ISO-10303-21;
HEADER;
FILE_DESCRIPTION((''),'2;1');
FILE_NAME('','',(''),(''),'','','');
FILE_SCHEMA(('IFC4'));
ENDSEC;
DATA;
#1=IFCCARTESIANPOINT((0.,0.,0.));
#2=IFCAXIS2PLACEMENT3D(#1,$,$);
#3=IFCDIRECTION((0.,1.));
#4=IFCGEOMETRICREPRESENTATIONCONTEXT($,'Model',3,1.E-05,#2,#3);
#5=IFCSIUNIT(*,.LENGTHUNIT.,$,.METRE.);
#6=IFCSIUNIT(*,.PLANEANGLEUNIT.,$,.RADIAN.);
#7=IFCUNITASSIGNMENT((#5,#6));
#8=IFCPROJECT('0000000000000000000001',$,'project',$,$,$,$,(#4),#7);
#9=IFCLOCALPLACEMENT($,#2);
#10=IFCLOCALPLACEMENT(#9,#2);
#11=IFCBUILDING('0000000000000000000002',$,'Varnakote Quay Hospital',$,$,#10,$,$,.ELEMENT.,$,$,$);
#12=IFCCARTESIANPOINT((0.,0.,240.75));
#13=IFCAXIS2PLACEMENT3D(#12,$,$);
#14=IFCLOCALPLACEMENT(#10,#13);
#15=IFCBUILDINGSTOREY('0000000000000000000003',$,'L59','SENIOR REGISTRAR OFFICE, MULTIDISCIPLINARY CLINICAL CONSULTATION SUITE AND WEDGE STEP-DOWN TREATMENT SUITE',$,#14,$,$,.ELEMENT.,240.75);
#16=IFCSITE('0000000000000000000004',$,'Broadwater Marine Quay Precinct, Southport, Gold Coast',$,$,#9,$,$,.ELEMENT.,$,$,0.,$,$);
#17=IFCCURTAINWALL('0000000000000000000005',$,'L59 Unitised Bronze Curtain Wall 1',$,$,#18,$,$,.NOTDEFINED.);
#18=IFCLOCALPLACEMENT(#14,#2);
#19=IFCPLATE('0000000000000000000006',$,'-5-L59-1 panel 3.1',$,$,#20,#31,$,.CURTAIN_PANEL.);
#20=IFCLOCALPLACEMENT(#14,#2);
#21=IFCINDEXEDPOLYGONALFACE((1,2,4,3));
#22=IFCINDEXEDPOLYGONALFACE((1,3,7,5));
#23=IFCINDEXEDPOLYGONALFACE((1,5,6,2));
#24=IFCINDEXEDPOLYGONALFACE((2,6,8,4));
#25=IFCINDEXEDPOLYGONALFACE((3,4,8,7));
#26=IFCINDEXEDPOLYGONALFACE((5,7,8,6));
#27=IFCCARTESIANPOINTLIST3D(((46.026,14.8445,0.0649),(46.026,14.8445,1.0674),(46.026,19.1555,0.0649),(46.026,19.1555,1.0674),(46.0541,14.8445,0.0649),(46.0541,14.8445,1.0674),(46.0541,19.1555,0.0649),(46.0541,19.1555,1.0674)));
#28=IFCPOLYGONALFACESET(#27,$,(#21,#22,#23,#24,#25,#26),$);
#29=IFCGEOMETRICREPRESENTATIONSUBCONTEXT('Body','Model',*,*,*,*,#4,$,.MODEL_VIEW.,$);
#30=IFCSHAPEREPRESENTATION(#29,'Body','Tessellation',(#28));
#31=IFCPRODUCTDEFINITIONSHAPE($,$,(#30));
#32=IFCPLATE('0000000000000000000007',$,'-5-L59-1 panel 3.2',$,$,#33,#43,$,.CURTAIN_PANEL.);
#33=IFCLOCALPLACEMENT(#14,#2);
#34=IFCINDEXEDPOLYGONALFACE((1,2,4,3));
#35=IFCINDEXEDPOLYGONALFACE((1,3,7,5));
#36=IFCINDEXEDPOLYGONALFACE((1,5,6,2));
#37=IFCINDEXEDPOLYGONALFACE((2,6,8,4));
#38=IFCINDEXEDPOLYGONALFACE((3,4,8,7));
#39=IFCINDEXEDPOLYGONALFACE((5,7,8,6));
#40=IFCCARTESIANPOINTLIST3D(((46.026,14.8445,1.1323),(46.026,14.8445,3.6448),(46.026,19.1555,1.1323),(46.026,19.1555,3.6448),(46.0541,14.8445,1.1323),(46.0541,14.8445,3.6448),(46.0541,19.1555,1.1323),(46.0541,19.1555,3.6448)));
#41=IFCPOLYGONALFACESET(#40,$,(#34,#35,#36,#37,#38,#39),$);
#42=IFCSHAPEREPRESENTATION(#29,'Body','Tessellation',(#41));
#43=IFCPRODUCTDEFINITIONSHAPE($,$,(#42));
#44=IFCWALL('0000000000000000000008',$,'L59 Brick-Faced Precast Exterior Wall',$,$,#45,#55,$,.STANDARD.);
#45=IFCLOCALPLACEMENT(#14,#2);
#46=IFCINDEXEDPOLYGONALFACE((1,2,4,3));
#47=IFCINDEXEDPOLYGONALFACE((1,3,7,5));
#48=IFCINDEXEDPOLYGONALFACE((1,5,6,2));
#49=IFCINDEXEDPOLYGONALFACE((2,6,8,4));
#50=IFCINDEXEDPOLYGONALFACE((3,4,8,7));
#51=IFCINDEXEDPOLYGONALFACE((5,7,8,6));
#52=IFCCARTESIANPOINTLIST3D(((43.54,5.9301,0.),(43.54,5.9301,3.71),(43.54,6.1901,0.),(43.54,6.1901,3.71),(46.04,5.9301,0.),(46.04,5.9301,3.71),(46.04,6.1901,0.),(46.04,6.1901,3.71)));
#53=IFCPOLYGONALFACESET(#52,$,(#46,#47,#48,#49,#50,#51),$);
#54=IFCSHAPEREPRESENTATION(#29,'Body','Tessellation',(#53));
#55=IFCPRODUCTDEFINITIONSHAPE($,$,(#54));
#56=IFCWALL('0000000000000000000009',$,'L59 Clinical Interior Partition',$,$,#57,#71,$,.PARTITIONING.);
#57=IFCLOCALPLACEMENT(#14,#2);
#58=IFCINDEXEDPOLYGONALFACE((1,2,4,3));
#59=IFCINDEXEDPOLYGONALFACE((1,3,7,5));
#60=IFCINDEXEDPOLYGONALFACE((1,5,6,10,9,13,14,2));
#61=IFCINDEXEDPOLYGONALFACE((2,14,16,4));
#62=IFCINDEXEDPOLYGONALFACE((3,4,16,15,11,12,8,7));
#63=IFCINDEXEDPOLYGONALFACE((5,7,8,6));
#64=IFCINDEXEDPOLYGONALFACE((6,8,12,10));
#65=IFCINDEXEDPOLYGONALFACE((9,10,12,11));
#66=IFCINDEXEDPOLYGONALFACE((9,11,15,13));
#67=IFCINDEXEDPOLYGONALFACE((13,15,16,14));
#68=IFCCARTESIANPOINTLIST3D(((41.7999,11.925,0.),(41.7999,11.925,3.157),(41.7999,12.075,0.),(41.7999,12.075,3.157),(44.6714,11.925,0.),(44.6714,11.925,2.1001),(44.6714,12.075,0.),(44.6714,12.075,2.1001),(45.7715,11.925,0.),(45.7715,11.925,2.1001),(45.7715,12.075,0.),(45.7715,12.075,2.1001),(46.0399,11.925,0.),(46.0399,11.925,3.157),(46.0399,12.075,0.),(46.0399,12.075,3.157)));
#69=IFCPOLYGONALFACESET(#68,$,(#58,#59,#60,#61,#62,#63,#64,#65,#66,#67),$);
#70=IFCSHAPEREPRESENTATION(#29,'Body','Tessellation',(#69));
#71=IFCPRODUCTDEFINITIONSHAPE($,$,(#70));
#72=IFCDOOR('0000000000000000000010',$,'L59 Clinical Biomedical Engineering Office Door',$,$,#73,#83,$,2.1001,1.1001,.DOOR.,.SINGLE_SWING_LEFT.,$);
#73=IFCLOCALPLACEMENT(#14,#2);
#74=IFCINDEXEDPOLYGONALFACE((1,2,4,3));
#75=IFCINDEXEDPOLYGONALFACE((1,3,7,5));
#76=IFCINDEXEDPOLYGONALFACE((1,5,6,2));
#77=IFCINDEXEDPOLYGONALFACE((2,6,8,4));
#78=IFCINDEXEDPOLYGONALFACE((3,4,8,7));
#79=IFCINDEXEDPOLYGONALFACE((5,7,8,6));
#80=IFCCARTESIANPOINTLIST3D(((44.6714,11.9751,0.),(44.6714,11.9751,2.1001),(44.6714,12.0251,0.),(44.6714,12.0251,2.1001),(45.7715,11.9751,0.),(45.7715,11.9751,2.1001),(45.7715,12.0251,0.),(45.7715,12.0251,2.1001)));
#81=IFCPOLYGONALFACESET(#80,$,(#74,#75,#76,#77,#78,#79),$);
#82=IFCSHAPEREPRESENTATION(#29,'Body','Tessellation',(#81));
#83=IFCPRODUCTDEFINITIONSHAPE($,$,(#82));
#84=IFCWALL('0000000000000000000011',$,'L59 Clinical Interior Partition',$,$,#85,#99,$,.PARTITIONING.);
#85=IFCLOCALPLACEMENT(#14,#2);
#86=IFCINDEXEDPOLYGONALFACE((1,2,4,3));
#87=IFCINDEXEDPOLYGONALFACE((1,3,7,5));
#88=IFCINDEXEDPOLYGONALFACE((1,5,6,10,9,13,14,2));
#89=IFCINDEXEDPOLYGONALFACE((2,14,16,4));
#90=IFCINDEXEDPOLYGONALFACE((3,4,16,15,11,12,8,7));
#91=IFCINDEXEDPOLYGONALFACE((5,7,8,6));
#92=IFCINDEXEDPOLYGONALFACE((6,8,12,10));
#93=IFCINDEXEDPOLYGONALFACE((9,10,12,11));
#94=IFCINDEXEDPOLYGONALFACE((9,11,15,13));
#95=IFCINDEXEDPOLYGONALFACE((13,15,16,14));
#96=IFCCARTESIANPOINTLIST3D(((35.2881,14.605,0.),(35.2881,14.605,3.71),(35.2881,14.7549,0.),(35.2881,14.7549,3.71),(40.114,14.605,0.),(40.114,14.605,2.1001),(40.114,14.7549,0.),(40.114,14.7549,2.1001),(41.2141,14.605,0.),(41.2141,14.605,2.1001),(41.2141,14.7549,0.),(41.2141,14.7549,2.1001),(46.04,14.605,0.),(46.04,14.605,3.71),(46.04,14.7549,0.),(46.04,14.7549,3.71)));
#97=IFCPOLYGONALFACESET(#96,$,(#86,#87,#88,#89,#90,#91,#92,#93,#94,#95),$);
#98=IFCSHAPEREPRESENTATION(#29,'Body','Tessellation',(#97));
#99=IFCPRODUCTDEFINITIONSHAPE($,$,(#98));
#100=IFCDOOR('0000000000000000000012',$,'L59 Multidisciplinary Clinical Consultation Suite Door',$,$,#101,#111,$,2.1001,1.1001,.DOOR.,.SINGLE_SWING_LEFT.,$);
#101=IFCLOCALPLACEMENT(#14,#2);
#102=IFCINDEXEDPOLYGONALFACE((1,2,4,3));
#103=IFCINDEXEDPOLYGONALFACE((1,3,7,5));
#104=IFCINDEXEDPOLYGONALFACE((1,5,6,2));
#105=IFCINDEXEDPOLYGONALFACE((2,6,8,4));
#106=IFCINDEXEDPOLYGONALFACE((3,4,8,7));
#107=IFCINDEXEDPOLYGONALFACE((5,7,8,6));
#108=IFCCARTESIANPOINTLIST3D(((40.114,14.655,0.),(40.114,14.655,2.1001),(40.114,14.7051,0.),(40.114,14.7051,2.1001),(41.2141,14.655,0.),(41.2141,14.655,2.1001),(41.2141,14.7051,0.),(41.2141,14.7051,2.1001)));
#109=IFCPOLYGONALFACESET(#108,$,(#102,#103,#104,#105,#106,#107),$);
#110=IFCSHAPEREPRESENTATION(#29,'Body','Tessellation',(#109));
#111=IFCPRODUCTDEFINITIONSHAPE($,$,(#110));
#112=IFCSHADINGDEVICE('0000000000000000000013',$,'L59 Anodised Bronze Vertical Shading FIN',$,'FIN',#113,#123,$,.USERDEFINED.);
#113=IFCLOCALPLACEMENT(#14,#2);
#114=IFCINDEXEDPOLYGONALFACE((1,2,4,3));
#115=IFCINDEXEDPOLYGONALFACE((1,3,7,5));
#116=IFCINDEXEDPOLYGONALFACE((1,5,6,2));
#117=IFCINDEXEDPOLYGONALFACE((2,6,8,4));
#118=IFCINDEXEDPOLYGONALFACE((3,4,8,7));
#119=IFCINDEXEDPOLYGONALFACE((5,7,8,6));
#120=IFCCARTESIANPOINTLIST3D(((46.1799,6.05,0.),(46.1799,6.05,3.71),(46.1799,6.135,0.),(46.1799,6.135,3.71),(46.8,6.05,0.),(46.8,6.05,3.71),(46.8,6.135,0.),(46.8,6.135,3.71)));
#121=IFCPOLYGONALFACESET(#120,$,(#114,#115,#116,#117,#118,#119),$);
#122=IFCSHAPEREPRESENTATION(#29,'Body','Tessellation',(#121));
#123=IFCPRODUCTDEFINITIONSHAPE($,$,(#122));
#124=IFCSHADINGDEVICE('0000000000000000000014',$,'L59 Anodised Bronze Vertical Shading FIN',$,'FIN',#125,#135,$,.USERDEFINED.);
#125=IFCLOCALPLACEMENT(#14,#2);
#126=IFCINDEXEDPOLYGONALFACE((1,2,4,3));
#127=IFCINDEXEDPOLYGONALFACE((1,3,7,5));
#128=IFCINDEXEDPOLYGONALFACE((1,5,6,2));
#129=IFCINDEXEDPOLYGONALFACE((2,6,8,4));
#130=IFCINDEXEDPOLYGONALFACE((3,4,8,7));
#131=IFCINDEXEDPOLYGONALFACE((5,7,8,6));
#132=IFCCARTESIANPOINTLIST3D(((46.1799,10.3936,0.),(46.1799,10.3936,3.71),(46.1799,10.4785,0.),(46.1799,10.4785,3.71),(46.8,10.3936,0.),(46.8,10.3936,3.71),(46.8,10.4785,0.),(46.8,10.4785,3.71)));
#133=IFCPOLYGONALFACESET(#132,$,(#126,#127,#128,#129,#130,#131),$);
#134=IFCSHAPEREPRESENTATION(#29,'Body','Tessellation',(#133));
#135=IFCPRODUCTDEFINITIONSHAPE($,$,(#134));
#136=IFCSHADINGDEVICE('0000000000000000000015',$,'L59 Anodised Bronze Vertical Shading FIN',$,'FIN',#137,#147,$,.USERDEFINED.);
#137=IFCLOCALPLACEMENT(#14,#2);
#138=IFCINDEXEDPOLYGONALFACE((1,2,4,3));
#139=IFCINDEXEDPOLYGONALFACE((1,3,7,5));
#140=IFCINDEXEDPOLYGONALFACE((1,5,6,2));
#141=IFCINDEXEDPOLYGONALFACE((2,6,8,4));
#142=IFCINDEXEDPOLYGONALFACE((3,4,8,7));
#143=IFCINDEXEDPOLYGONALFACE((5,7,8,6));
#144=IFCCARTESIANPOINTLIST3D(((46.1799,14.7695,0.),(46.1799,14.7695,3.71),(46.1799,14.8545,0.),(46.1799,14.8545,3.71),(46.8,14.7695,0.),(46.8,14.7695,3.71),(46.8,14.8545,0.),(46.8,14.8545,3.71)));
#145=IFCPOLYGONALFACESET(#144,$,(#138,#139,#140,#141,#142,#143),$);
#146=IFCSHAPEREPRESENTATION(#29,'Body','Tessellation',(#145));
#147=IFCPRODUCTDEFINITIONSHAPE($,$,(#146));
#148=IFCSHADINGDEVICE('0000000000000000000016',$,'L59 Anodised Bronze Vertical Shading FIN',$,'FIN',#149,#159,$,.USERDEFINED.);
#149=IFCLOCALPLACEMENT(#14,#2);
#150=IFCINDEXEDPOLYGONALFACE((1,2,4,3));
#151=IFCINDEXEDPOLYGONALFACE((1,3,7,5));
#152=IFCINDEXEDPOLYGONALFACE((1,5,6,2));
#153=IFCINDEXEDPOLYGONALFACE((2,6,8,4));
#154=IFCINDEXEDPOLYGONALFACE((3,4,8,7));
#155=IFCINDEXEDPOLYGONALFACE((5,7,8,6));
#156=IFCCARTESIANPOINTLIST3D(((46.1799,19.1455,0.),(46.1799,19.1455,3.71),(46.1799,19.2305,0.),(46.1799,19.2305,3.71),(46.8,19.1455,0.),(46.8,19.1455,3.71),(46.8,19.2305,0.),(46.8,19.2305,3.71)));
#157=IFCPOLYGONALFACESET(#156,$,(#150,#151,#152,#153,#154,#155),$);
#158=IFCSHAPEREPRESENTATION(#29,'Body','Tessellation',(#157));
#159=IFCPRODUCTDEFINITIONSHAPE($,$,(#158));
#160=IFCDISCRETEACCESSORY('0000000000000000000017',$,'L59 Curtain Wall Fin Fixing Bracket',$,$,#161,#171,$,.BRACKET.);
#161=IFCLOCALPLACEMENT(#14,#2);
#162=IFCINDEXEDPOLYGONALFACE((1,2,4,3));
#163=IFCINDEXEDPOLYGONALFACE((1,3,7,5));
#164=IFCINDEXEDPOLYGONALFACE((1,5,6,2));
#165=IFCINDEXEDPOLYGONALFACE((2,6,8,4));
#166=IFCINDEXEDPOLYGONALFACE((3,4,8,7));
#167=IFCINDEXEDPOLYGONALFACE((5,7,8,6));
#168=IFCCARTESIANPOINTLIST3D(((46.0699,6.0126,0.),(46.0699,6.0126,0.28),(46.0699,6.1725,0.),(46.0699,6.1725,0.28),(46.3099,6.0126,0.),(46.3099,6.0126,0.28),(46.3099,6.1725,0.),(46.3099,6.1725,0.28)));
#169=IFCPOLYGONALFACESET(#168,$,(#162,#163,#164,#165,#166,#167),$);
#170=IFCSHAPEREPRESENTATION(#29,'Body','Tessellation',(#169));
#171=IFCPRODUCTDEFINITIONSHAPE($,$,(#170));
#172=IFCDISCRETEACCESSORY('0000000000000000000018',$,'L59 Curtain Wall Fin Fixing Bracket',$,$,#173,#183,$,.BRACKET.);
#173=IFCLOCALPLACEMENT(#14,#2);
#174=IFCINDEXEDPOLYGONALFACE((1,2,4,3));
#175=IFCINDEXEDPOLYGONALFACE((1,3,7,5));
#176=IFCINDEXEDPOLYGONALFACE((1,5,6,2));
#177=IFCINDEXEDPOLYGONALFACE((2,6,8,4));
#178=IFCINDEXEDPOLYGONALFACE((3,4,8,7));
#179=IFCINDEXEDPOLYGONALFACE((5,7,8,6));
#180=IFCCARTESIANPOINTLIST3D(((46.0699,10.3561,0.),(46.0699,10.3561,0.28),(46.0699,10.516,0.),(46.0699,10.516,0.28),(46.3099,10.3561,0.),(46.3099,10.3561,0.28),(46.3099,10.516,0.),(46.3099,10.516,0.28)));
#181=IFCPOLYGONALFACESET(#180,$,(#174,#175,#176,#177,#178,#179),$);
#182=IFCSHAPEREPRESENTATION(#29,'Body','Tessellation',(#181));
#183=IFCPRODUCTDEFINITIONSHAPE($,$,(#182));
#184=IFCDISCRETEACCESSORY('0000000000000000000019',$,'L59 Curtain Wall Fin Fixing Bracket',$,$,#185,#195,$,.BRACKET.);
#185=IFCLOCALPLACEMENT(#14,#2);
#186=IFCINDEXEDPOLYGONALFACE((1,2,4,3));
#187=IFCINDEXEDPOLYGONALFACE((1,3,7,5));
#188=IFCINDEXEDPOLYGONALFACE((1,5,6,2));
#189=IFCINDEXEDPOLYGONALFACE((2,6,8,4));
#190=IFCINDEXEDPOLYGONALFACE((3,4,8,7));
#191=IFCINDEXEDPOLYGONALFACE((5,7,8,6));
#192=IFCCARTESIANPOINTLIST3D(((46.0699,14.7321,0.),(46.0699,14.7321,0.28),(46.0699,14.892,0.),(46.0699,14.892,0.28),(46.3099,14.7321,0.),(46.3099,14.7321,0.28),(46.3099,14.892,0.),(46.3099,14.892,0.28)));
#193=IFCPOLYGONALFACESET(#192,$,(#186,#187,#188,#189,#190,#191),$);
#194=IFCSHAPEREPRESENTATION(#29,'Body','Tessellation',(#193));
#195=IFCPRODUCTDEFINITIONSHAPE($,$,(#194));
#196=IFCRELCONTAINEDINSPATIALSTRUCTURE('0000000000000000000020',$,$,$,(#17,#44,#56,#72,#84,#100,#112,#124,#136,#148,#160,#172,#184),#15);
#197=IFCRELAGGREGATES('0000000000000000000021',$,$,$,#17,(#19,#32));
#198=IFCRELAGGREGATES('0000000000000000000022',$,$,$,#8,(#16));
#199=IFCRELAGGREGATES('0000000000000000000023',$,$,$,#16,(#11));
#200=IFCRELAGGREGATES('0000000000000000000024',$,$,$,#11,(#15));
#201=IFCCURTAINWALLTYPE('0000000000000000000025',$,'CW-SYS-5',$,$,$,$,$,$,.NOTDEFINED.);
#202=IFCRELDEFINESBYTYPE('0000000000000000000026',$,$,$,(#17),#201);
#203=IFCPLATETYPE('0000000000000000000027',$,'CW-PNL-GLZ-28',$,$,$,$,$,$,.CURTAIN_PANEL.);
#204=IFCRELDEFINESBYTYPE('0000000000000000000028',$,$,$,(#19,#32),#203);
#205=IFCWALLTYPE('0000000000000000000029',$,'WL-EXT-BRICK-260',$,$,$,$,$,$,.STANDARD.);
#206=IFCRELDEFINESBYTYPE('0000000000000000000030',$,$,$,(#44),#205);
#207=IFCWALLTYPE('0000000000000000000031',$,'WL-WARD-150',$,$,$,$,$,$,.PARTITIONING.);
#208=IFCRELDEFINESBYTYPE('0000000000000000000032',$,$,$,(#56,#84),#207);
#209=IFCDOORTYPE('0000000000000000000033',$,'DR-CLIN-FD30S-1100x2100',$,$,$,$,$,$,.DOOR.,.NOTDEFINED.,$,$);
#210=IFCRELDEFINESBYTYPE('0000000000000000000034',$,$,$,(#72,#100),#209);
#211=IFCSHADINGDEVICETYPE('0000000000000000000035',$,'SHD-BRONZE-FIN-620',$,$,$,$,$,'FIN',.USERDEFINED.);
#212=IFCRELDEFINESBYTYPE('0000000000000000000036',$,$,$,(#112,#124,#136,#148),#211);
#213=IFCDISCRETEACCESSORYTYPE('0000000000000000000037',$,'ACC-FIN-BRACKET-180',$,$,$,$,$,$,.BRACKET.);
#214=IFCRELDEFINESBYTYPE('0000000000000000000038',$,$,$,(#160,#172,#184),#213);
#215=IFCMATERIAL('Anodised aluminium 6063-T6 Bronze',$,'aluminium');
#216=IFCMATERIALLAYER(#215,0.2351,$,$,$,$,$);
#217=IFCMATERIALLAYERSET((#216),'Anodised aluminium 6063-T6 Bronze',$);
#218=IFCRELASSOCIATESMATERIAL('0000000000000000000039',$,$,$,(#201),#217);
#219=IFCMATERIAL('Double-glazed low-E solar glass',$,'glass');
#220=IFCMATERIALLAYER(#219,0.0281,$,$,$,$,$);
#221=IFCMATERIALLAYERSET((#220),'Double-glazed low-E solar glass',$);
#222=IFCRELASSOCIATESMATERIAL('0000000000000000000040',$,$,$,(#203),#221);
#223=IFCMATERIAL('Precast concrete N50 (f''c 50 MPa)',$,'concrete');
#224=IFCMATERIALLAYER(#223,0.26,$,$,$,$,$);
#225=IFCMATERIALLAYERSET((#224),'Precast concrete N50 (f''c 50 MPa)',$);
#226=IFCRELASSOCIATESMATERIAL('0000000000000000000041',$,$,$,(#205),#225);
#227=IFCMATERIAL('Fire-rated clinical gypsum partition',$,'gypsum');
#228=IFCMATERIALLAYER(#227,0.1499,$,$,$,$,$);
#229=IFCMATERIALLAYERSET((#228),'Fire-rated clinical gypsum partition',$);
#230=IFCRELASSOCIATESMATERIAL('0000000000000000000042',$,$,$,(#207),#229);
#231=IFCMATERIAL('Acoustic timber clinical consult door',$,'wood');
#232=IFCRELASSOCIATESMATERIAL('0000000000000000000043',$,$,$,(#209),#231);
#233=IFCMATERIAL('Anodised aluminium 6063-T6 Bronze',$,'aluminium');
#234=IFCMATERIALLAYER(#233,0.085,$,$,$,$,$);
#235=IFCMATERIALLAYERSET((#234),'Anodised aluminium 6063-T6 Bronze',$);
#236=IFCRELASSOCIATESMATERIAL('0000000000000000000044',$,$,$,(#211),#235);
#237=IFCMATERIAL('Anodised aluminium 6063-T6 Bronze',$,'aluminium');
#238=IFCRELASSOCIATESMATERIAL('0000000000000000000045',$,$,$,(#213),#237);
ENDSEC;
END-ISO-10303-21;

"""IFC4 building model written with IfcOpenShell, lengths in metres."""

from ifc_helpers import new_model, si_unit, direction, frame, frame_2d, origin, origin_2d, place, context, subcontext, project, spatial, rectangle, extrude, material, layer, layer_set, type_object, element, fill, aggregate, save


model = new_model("IFC4")

# Units and contexts
model_context = context("Model", 3, precision=1e-05, world=origin(), true_north=direction((0.0, 1.0)))
body_context = subcontext(model_context, "Body", "Model", "MODEL_VIEW")
ifc_project = project(units=[si_unit("LENGTHUNIT", "METRE"), si_unit("PLANEANGLEUNIT", "RADIAN")], contexts=[model_context])

# Site, building, storey
site_placement = place(None, origin())
site = spatial("IfcSite", under=ifc_project, at=site_placement, Name="Broadwater Marine Quay Precinct, Southport, Gold Coast", CompositionType="ELEMENT", RefElevation=0.0)
building_placement = place(site_placement, origin())
building = spatial("IfcBuilding", under=site, at=building_placement, Name="Varnakote Quay Hospital", CompositionType="ELEMENT")
storey_placement = place(building_placement, frame((0.0, 0.0, 240.75)))
storey = spatial("IfcBuildingStorey", under=building, at=storey_placement, Name="L59", Description="SENIOR REGISTRAR OFFICE, MULTIDISCIPLINARY CLINICAL CONSULTATION SUITE AND WEDGE STEP-DOWN TREATMENT SUITE", CompositionType="ELEMENT", Elevation=240.75)

# Curtain wall, plates
ifc_material_1 = material(Name="Anodised aluminium 6063-T6 Bronze", Category="aluminium")
ifc_layer_1 = layer(ifc_material_1, 0.2351)
ifc_layer_set_1 = layer_set([ifc_layer_1], Name="Anodised aluminium 6063-T6 Bronze")
curtain_wall_type = type_object("IfcCurtainWallType", Name="CW-SYS-5", PredefinedType="NOTDEFINED", material=ifc_layer_set_1)
curtain_wall_placement = place(storey_placement, origin())
curtain_wall = element("IfcCurtainWall", 1, at=curtain_wall_placement, inside=storey, type_object=curtain_wall_type, Name="L59 Unitised Bronze Curtain Wall 1", PredefinedType="NOTDEFINED")
ifc_material_2 = material(Name="Double-glazed low-E solar glass", Category="glass")
ifc_layer_2 = layer(ifc_material_2, 0.0281)
ifc_layer_set_2 = layer_set([ifc_layer_2], Name="Double-glazed low-E solar glass")
plate_type = type_object("IfcPlateType", Name="CW-PNL-GLZ-28", PredefinedType="CURTAIN_PANEL", material=ifc_layer_set_2)
plate_1_placement = place(storey_placement, frame((46.04, 17.0, 0.0649), z_axis=(0.0, 0.0, 1.0), x_axis=(0.0, 1.0, 0.0)))
plate_1 = element("IfcPlate", 2, at=plate_1_placement, type_object=plate_type, Name="-5-L59-1 panel 3.1", PredefinedType="CURTAIN_PANEL", context=body_context, shape_type="SweptSolid", body=[
    extrude(rectangle(XDim=4.311, YDim=0.0281, at=origin_2d()), origin(), (0.0, 0.0, 1.0), 1.0024),
])
plate_2_placement = place(storey_placement, frame((46.04, 17.0, 1.1323), z_axis=(0.0, 0.0, 1.0), x_axis=(0.0, 1.0, 0.0)))
plate_2 = element("IfcPlate", 3, at=plate_2_placement, type_object=plate_type, Name="-5-L59-1 panel 3.2", PredefinedType="CURTAIN_PANEL", context=body_context, shape_type="SweptSolid", body=[
    extrude(rectangle(XDim=4.311, YDim=0.0281, at=origin_2d()), origin(), (0.0, 0.0, 1.0), 2.5125),
])
aggregate(curtain_wall, [plate_1, plate_2])

# Wall
ifc_material_3 = material(Name="Precast concrete N50 (f'c 50 MPa)", Category="concrete")
ifc_layer_3 = layer(ifc_material_3, 0.26)
ifc_layer_set_3 = layer_set([ifc_layer_3], Name="Precast concrete N50 (f'c 50 MPa)")
wall_type_1 = type_object("IfcWallType", Name="WL-EXT-BRICK-260", PredefinedType="STANDARD", material=ifc_layer_set_3)
wall_1_placement = place(storey_placement, frame((43.54, 6.0601, 0.0), z_axis=(0.0, 0.0, 1.0), x_axis=(1.0, 0.0, 0.0)))
element("IfcWall", 4, at=wall_1_placement, inside=storey, type_object=wall_type_1, Name="L59 Brick-Faced Precast Exterior Wall", PredefinedType="STANDARD", context=body_context, shape_type="SweptSolid", body=[
    extrude(rectangle(XDim=2.5, YDim=0.26, at=frame_2d((1.25, 0.0))), origin(), (0.0, 0.0, 1.0), 3.71),
])

# Walls, openings, doors
ifc_material_4 = material(Name="Fire-rated clinical gypsum partition", Category="gypsum")
ifc_layer_4 = layer(ifc_material_4, 0.1499)
ifc_layer_set_4 = layer_set([ifc_layer_4], Name="Fire-rated clinical gypsum partition")
wall_type_2 = type_object("IfcWallType", Name="WL-WARD-150", PredefinedType="PARTITIONING", material=ifc_layer_set_4)
wall_2_placement = place(storey_placement, frame((46.04, 12.0, 0.0), z_axis=(0.0, 0.0, 1.0), x_axis=(-1.0, 0.0, 0.0)))
wall_2 = element("IfcWall", 5, at=wall_2_placement, inside=storey, type_object=wall_type_2, Name="L59 Clinical Interior Partition", PredefinedType="PARTITIONING", context=body_context, shape_type="SweptSolid", body=[
    extrude(rectangle(XDim=4.24, YDim=0.1499, at=frame_2d((2.1201, 0.0))), origin(), (0.0, 0.0, 1.0), 3.157),
])
opening_1_placement = place(wall_2_placement, frame((0.2686, 0.0, 0.0)))
opening_1 = element("IfcOpeningElement", 6, at=opening_1_placement, cuts=wall_2, PredefinedType="OPENING", context=body_context, shape_type="SweptSolid", body=[
    extrude(rectangle(XDim=1.1001, YDim=2.1001, at=frame_2d((0.55, 1.05))), frame((0.0, 0.085, 0.0), z_axis=(0.0, -1.0, 0.0), x_axis=(1.0, 0.0, 0.0)), (0.0, 0.0, 1.0), 0.1699),
])
ifc_material_5 = material(Name="Acoustic timber clinical consult door", Category="wood")
door_type = type_object("IfcDoorType", Name="DR-CLIN-FD30S-1100x2100", OperationType="NOTDEFINED", PredefinedType="DOOR", material=ifc_material_5)
door_1_placement = place(opening_1_placement, origin())
door_1 = element("IfcDoor", 7, at=door_1_placement, inside=storey, type_object=door_type, Name="L59 Clinical Biomedical Engineering Office Door", OperationType="SINGLE_SWING_LEFT", OverallHeight=2.1001, OverallWidth=1.1001, PredefinedType="DOOR", context=body_context, shape_type="SweptSolid", body=[
    extrude(rectangle(XDim=1.1001, YDim=2.1001, at=frame_2d((0.55, 1.05))), frame((0.0, 0.0249, 0.0), z_axis=(0.0, -1.0, 0.0), x_axis=(1.0, 0.0, 0.0)), (0.0, 0.0, 1.0), 0.05),
])
fill(opening_1, door_1)
wall_3_placement = place(storey_placement, frame((46.04, 14.6799, 0.0), z_axis=(0.0, 0.0, 1.0), x_axis=(-1.0, 0.0, 0.0)))
wall_3 = element("IfcWall", 8, at=wall_3_placement, inside=storey, type_object=wall_type_2, Name="L59 Clinical Interior Partition", PredefinedType="PARTITIONING", context=body_context, shape_type="SweptSolid", body=[
    extrude(rectangle(XDim=10.752, YDim=0.1499, at=frame_2d((5.376, 0.0))), origin(), (0.0, 0.0, 1.0), 3.71),
])
opening_2_placement = place(wall_3_placement, frame((4.8259, 0.0, 0.0)))
opening_2 = element("IfcOpeningElement", 9, at=opening_2_placement, cuts=wall_3, PredefinedType="OPENING", context=body_context, shape_type="SweptSolid", body=[
    extrude(rectangle(XDim=1.1001, YDim=2.1001, at=frame_2d((0.55, 1.05))), frame((0.0, 0.085, 0.0), z_axis=(0.0, -1.0, 0.0), x_axis=(1.0, 0.0, 0.0)), (0.0, 0.0, 1.0), 0.1699),
])
door_2_placement = place(opening_2_placement, origin())
door_2 = element("IfcDoor", 10, at=door_2_placement, inside=storey, type_object=door_type, Name="L59 Multidisciplinary Clinical Consultation Suite Door", OperationType="SINGLE_SWING_LEFT", OverallHeight=2.1001, OverallWidth=1.1001, PredefinedType="DOOR", context=body_context, shape_type="SweptSolid", body=[
    extrude(rectangle(XDim=1.1001, YDim=2.1001, at=frame_2d((0.55, 1.05))), frame((0.0, 0.0249, 0.0), z_axis=(0.0, -1.0, 0.0), x_axis=(1.0, 0.0, 0.0)), (0.0, 0.0, 1.0), 0.05),
])
fill(opening_2, door_2)

# Shading devices
ifc_material_6 = material(Name="Anodised aluminium 6063-T6 Bronze", Category="aluminium")
ifc_layer_5 = layer(ifc_material_6, 0.085)
ifc_layer_set_5 = layer_set([ifc_layer_5], Name="Anodised aluminium 6063-T6 Bronze")
shading_device_type = type_object("IfcShadingDeviceType", Name="SHD-BRONZE-FIN-620", ElementType="FIN", PredefinedType="USERDEFINED", material=ifc_layer_set_5)
for number, where, z_axis, x_axis, name in (
    (11, (46.49, 6.0925, 0.0), (0.0, 0.0, 1.0), (-1.0, 0.0, 0.0), "L59 Anodised Bronze Vertical Shading FIN"),
    (12, (46.49, 10.436, 0.0), (0.0, 0.0, 1.0), (-1.0, 0.0, 0.0), "L59 Anodised Bronze Vertical Shading FIN"),
    (13, (46.49, 14.812, 0.0), (0.0, 0.0, 1.0), (-1.0, 0.0, 0.0), "L59 Anodised Bronze Vertical Shading FIN"),
    (14, (46.49, 19.188, 0.0), (0.0, 0.0, 1.0), (-1.0, 0.0, 0.0), "L59 Anodised Bronze Vertical Shading FIN"),
):
    element("IfcShadingDevice", number, at=place(storey_placement, frame(where, z_axis=z_axis, x_axis=x_axis)), inside=storey, type_object=shading_device_type, Name=name, ObjectType="FIN", PredefinedType="USERDEFINED", context=body_context, shape_type="SweptSolid", body=[
        extrude(rectangle(XDim=0.6201, YDim=0.085, at=origin_2d()), origin(), (0.0, 0.0, 1.0), 3.71),
    ])

# Discrete accessories
ifc_material_7 = material(Name="Anodised aluminium 6063-T6 Bronze", Category="aluminium")
discrete_accessory_type = type_object("IfcDiscreteAccessoryType", Name="ACC-FIN-BRACKET-180", PredefinedType="BRACKET", material=ifc_material_7)
for number, where, z_axis, x_axis, name in (
    (15, (46.1899, 6.0925, 0.0), (0.0, 0.0, 1.0), (0.0, 1.0, 0.0), "L59 Curtain Wall Fin Fixing Bracket"),
    (16, (46.1899, 10.436, 0.0), (0.0, 0.0, 1.0), (0.0, 1.0, 0.0), "L59 Curtain Wall Fin Fixing Bracket"),
    (17, (46.1899, 14.812, 0.0), (0.0, 0.0, 1.0), (0.0, 1.0, 0.0), "L59 Curtain Wall Fin Fixing Bracket"),
):
    element("IfcDiscreteAccessory", number, at=place(storey_placement, frame(where, z_axis=z_axis, x_axis=x_axis)), inside=storey, type_object=discrete_accessory_type, Name=name, PredefinedType="BRACKET", context=body_context, shape_type="SweptSolid", body=[
        extrude(rectangle(XDim=0.1599, YDim=0.24, at=origin_2d()), origin(), (0.0, 0.0, 1.0), 0.28),
    ])

save(model, "model.ifc")
